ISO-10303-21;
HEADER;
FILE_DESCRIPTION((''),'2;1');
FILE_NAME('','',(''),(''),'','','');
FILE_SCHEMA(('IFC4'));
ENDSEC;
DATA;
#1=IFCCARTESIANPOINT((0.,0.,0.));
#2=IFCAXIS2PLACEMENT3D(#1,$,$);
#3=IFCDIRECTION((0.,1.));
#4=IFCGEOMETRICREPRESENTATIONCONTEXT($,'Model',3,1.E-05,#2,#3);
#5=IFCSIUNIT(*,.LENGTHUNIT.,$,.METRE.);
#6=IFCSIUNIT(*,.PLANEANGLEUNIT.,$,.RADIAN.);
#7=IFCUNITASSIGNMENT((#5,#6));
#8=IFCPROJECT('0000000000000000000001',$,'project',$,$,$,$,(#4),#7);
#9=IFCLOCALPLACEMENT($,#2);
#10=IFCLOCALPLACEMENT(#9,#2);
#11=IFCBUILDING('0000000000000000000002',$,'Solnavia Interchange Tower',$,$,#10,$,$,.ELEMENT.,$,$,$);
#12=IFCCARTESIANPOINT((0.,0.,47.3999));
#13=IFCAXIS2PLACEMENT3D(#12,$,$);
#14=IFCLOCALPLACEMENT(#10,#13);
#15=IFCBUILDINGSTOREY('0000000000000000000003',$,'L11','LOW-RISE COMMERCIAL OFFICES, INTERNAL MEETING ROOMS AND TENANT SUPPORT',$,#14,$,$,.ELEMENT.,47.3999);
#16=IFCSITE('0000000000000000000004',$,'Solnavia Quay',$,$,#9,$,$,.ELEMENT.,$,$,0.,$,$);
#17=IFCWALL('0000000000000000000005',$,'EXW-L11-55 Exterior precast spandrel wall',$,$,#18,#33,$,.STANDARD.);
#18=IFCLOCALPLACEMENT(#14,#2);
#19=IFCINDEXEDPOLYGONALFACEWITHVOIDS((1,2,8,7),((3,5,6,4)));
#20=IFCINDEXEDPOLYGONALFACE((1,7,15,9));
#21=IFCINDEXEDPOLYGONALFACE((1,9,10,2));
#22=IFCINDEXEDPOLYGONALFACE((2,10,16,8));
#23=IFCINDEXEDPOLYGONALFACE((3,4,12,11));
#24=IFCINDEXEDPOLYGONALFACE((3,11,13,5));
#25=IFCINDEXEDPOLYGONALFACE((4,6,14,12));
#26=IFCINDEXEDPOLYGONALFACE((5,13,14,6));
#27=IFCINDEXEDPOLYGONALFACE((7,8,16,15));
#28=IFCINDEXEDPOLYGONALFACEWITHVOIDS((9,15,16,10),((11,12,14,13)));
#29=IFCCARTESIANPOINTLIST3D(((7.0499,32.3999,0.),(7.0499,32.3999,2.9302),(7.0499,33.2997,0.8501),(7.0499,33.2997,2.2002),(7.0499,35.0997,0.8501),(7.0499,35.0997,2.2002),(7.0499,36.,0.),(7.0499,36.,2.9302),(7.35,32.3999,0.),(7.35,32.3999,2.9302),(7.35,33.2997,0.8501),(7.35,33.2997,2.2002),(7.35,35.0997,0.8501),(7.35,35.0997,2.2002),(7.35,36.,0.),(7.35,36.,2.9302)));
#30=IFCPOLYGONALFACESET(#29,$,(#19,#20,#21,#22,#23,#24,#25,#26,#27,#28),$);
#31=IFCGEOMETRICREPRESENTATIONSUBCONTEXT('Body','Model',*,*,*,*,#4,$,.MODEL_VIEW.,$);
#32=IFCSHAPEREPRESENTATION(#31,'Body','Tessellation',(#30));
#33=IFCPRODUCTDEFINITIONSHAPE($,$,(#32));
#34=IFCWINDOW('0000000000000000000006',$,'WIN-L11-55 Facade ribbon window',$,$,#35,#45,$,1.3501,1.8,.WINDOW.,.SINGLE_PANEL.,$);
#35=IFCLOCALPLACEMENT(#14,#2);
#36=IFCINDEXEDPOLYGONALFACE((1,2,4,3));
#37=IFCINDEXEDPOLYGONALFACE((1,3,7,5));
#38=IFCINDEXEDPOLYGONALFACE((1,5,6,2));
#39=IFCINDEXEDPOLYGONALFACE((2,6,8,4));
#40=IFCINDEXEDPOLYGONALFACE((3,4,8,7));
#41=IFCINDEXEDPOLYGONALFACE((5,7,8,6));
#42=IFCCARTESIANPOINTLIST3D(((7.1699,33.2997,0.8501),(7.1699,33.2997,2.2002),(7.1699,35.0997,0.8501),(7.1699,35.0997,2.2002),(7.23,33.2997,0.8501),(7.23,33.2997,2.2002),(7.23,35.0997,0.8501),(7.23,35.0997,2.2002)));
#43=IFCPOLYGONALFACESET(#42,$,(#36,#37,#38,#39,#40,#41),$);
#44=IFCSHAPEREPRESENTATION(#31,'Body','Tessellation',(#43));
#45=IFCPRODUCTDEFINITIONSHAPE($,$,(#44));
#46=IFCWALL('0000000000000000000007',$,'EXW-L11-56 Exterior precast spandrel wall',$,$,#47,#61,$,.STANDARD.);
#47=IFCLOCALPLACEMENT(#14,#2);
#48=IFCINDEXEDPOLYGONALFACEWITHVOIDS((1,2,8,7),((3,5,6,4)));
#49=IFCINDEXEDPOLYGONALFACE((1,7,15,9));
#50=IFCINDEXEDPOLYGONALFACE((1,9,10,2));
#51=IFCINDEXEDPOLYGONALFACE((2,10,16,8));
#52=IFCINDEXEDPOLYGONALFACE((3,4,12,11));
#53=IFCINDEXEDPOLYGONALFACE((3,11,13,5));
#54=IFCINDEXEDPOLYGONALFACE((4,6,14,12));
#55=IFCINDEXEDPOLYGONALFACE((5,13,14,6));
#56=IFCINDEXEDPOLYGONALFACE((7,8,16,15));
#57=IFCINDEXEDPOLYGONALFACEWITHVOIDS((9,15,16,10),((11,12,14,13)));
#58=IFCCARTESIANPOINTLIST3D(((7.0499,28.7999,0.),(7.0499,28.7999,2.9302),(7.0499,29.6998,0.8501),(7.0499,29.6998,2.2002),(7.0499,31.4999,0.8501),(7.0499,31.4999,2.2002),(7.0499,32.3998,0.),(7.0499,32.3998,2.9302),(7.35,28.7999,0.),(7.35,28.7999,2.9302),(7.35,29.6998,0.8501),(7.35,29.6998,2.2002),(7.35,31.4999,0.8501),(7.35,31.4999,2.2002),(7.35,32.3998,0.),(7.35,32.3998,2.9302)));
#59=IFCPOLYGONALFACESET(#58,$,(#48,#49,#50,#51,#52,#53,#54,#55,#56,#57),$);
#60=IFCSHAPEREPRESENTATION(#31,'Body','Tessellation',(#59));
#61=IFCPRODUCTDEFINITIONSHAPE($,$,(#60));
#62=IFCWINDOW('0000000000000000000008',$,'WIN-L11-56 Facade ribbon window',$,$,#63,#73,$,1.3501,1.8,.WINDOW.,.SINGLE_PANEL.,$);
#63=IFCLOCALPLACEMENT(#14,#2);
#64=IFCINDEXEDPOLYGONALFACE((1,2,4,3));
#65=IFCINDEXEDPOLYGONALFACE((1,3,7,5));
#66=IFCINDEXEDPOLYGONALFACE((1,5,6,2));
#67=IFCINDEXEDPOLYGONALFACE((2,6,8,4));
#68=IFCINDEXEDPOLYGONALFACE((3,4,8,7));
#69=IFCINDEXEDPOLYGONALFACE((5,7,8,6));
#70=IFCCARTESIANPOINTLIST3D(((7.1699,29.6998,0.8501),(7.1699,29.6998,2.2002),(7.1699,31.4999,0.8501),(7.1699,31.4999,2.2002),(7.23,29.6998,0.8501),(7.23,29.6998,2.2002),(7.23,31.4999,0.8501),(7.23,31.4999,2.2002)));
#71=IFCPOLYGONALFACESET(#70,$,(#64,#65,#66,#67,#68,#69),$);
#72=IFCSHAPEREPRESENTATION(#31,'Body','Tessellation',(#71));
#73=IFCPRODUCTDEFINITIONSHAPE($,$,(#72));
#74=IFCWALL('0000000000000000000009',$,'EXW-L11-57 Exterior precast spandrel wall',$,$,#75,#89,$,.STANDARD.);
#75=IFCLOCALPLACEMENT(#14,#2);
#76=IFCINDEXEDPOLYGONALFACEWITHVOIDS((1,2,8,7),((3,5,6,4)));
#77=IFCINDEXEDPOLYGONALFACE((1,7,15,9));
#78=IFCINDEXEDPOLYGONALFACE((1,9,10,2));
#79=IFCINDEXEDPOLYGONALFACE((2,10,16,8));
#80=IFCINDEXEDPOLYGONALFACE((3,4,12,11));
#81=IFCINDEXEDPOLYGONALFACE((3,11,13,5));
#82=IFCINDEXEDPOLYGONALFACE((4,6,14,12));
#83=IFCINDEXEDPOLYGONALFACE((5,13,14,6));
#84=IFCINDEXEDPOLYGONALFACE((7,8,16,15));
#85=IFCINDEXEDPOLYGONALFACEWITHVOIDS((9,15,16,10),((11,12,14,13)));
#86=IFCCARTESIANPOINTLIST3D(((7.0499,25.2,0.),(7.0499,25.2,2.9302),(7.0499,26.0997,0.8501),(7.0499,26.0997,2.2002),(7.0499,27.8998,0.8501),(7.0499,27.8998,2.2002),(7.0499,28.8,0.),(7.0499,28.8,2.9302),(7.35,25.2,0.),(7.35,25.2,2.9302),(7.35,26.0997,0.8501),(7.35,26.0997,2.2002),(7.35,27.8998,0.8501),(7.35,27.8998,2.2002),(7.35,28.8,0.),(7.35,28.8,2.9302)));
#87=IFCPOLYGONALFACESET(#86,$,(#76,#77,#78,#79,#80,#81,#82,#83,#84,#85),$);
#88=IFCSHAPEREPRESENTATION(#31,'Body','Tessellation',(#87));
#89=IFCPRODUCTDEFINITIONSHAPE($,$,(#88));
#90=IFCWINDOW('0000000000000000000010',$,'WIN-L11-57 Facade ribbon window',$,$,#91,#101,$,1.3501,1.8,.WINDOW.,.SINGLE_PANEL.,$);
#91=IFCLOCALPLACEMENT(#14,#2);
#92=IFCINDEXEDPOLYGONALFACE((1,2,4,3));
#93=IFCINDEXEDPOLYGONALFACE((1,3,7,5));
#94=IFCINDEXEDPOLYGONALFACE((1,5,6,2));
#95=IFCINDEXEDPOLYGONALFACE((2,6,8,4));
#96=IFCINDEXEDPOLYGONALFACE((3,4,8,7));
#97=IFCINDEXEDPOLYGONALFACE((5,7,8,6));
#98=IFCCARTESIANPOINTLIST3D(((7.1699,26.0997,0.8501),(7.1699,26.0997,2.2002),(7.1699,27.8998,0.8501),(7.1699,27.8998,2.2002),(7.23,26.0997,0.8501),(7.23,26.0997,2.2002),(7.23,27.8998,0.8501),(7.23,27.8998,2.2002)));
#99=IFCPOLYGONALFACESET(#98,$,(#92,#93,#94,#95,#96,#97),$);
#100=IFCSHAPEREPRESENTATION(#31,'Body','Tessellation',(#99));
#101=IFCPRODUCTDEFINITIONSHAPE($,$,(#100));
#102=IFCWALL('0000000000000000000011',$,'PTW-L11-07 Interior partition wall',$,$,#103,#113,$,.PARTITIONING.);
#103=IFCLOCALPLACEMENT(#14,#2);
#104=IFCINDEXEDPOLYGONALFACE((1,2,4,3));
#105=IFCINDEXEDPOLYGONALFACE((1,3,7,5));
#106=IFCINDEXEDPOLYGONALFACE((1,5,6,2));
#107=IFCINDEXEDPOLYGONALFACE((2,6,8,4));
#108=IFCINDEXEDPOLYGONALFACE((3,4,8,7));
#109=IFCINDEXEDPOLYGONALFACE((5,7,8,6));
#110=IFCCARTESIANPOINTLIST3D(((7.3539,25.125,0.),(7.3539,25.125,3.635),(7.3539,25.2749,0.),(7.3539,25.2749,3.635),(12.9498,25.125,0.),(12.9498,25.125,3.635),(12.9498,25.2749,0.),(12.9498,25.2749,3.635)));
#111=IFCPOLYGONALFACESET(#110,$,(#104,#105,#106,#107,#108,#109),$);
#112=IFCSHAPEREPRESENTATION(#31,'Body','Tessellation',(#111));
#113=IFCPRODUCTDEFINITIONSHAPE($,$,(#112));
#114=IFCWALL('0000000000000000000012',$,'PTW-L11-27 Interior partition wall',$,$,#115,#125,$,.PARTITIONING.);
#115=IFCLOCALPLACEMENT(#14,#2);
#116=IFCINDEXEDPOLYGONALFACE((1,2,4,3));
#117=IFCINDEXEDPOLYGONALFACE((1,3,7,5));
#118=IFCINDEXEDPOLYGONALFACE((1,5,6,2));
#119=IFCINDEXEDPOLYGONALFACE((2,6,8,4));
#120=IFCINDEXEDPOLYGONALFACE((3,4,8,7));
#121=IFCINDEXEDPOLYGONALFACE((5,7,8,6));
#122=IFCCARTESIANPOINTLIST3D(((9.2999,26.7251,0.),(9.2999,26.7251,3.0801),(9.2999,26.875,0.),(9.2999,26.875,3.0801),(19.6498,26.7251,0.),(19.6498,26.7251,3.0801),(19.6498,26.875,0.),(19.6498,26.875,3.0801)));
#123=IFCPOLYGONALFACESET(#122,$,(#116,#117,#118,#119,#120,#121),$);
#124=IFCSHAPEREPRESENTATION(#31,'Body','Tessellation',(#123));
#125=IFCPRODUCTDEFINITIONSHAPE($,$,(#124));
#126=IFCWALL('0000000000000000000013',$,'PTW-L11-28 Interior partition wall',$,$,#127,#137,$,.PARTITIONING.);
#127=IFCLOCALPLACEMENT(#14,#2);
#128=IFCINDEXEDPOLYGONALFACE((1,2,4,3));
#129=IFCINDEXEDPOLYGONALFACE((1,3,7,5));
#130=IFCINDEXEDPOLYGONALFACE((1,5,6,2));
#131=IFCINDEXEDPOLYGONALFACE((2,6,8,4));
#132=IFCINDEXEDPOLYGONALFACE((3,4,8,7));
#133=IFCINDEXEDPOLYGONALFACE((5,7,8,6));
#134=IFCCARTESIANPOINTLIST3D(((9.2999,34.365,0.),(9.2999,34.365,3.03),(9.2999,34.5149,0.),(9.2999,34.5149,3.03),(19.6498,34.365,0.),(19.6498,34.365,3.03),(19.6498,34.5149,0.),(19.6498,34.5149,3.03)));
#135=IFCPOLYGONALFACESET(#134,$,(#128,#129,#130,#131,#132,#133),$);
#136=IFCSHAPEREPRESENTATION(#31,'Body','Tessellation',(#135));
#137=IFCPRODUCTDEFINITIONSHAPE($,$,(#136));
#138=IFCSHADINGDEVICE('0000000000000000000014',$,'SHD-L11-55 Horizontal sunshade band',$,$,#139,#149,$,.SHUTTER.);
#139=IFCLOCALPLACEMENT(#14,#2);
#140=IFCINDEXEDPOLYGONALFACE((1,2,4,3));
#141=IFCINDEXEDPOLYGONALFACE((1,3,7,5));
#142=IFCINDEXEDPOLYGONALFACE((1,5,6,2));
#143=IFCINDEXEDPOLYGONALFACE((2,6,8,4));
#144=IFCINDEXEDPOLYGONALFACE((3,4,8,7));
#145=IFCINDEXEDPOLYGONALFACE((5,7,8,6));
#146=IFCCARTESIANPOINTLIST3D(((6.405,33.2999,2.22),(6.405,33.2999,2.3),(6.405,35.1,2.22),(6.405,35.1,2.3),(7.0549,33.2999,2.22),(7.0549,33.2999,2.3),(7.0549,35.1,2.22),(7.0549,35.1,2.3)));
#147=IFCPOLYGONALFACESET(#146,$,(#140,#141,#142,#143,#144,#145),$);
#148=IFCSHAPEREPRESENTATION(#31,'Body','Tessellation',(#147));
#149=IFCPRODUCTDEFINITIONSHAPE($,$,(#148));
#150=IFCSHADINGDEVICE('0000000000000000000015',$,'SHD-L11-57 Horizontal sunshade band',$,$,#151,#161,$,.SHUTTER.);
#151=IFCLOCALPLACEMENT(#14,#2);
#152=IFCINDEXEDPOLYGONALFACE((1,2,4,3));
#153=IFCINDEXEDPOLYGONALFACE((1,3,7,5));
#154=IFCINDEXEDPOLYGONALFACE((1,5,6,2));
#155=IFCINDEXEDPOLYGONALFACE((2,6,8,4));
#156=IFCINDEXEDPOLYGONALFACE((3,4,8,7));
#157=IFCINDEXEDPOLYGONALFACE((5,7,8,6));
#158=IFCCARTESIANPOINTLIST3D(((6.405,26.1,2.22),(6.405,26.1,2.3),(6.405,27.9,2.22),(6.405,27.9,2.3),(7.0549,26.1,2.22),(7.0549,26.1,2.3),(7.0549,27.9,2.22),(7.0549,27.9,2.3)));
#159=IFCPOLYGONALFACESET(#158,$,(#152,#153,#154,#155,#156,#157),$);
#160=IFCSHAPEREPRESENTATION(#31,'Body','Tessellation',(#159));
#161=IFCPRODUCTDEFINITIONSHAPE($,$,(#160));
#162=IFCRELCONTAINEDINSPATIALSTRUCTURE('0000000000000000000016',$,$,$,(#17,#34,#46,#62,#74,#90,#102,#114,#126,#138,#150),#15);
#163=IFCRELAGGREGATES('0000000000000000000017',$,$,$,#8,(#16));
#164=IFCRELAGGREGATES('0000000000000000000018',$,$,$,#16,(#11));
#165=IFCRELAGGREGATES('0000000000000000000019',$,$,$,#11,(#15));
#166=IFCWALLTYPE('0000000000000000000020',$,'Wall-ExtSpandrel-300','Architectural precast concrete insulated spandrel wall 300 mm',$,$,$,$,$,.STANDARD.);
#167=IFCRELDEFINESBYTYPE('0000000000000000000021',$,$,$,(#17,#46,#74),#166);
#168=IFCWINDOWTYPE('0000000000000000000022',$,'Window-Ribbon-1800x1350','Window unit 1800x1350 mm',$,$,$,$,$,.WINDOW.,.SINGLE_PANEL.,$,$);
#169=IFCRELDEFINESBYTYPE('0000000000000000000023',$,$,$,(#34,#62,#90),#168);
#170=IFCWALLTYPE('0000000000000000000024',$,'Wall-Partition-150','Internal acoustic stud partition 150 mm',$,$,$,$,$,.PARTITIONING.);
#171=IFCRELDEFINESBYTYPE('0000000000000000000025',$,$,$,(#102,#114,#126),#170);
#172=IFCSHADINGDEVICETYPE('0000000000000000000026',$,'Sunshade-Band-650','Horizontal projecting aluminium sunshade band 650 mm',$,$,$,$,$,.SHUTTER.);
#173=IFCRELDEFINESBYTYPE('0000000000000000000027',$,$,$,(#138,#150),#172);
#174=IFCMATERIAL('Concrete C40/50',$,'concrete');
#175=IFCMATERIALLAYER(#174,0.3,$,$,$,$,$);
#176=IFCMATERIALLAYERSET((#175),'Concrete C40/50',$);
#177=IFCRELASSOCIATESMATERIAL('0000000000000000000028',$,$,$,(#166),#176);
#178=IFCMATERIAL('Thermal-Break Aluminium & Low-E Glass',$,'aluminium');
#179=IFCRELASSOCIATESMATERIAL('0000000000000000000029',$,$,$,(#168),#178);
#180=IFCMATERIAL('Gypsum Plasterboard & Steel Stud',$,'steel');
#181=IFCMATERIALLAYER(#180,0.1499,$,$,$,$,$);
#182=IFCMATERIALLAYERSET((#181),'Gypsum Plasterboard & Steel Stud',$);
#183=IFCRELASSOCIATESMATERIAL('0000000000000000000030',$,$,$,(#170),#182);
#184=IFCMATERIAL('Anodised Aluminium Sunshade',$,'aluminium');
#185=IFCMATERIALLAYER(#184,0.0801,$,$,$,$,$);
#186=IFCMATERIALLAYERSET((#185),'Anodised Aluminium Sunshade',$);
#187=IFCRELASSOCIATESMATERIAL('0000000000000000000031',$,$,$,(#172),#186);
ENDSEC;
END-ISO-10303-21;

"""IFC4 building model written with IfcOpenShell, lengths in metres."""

from ifc_helpers import new_model, si_unit, direction, frame, frame_2d, origin, origin_2d, place, context, subcontext, project, spatial, rectangle, extrude, material, layer, layer_set, type_object, element, fill, save


model = new_model("IFC4")

# Units and contexts
model_context = context("Model", 3, precision=1e-05, world=origin(), true_north=direction((0.0, 1.0)))
body_context = subcontext(model_context, "Body", "Model", "MODEL_VIEW")
ifc_project = project(units=[si_unit("LENGTHUNIT", "METRE"), si_unit("PLANEANGLEUNIT", "RADIAN")], contexts=[model_context])

# Site, building, storey
site_placement = place(None, origin())
site = spatial("IfcSite", under=ifc_project, at=site_placement, Name="Solnavia Quay", CompositionType="ELEMENT", RefElevation=0.0)
building_placement = place(site_placement, origin())
building = spatial("IfcBuilding", under=site, at=building_placement, Name="Solnavia Interchange Tower", CompositionType="ELEMENT")
storey_placement = place(building_placement, frame((0.0, 0.0, 47.3999)))
storey = spatial("IfcBuildingStorey", under=building, at=storey_placement, Name="L11", Description="LOW-RISE COMMERCIAL OFFICES, INTERNAL MEETING ROOMS AND TENANT SUPPORT", CompositionType="ELEMENT", Elevation=47.3999)

# Shared definitions
ifc_material_1 = material(Name="Concrete C40/50", Category="concrete")
ifc_layer_1 = layer(ifc_material_1, 0.3)
ifc_layer_set_1 = layer_set([ifc_layer_1], Name="Concrete C40/50")
wall_type_1 = type_object("IfcWallType", Name="Wall-ExtSpandrel-300", Description="Architectural precast concrete insulated spandrel wall 300 mm", PredefinedType="STANDARD", material=ifc_layer_set_1)

# Walls, openings, windows
wall_1_placement = place(storey_placement, frame((7.2, 32.3999, 0.0), z_axis=(0.0, 0.0, 1.0), x_axis=(0.0, 1.0, 0.0)))
wall_1 = element("IfcWall", 1, at=wall_1_placement, inside=storey, type_object=wall_type_1, Name="EXW-L11-55 Exterior precast spandrel wall", PredefinedType="STANDARD", context=body_context, shape_type="SweptSolid", body=[
    extrude(rectangle(XDim=3.6001, YDim=0.3, at=frame_2d((1.8, 0.0))), origin(), (0.0, 0.0, 1.0), 2.9302),
])
opening_1_placement = place(wall_1_placement, frame((0.8999, 0.0, 0.8501)))
opening_1 = element("IfcOpeningElement", 2, at=opening_1_placement, cuts=wall_1, PredefinedType="OPENING", context=body_context, shape_type="SweptSolid", body=[
    extrude(rectangle(XDim=1.8, YDim=1.3501, at=frame_2d((0.8999, 0.675))), frame((0.0, 0.1602, 0.0), z_axis=(0.0, -1.0, 0.0), x_axis=(1.0, 0.0, 0.0)), (0.0, 0.0, 1.0), 0.3201),
])
ifc_material_2 = material(Name="Thermal-Break Aluminium & Low-E Glass", Category="aluminium")
window_type = type_object("IfcWindowType", Name="Window-Ribbon-1800x1350", Description="Window unit 1800x1350 mm", PartitioningType="SINGLE_PANEL", PredefinedType="WINDOW", material=ifc_material_2)
window_1_placement = place(opening_1_placement, origin())
window_1 = element("IfcWindow", 3, at=window_1_placement, inside=storey, type_object=window_type, Name="WIN-L11-55 Facade ribbon window", OverallHeight=1.3501, OverallWidth=1.8, PartitioningType="SINGLE_PANEL", PredefinedType="WINDOW", context=body_context, shape_type="SweptSolid", body=[
    extrude(rectangle(XDim=1.8, YDim=1.3501, at=frame_2d((0.8999, 0.675))), frame((0.0, 0.03, 0.0), z_axis=(0.0, -1.0, 0.0), x_axis=(1.0, 0.0, 0.0)), (0.0, 0.0, 1.0), 0.0601),
])
fill(opening_1, window_1)
wall_2_placement = place(storey_placement, frame((7.2, 28.8, 0.0), z_axis=(0.0, 0.0, 1.0), x_axis=(0.0, 1.0, 0.0)))
wall_2 = element("IfcWall", 4, at=wall_2_placement, inside=storey, type_object=wall_type_1, Name="EXW-L11-56 Exterior precast spandrel wall", PredefinedType="STANDARD", context=body_context, shape_type="SweptSolid", body=[
    extrude(rectangle(XDim=3.5999, YDim=0.3, at=frame_2d((1.7998, 0.0))), origin(), (0.0, 0.0, 1.0), 2.9302),
])
opening_2_placement = place(wall_2_placement, frame((0.8999, 0.0, 0.8501)))
opening_2 = element("IfcOpeningElement", 5, at=opening_2_placement, cuts=wall_2, PredefinedType="OPENING", context=body_context, shape_type="SweptSolid", body=[
    extrude(rectangle(XDim=1.8, YDim=1.3501, at=frame_2d((0.8999, 0.675))), frame((0.0, 0.1602, 0.0), z_axis=(0.0, -1.0, 0.0), x_axis=(1.0, 0.0, 0.0)), (0.0, 0.0, 1.0), 0.3201),
])
window_2_placement = place(opening_2_placement, origin())
window_2 = element("IfcWindow", 6, at=window_2_placement, inside=storey, type_object=window_type, Name="WIN-L11-56 Facade ribbon window", OverallHeight=1.3501, OverallWidth=1.8, PartitioningType="SINGLE_PANEL", PredefinedType="WINDOW", context=body_context, shape_type="SweptSolid", body=[
    extrude(rectangle(XDim=1.8, YDim=1.3501, at=frame_2d((0.8999, 0.675))), frame((0.0, 0.03, 0.0), z_axis=(0.0, -1.0, 0.0), x_axis=(1.0, 0.0, 0.0)), (0.0, 0.0, 1.0), 0.0601),
])
fill(opening_2, window_2)
wall_3_placement = place(storey_placement, frame((7.2, 25.2, 0.0), z_axis=(0.0, 0.0, 1.0), x_axis=(0.0, 1.0, 0.0)))
wall_3 = element("IfcWall", 7, at=wall_3_placement, inside=storey, type_object=wall_type_1, Name="EXW-L11-57 Exterior precast spandrel wall", PredefinedType="STANDARD", context=body_context, shape_type="SweptSolid", body=[
    extrude(rectangle(XDim=3.6001, YDim=0.3, at=frame_2d((1.8, 0.0))), origin(), (0.0, 0.0, 1.0), 2.9302),
])
opening_3_placement = place(wall_3_placement, frame((0.8999, 0.0, 0.8501)))
opening_3 = element("IfcOpeningElement", 8, at=opening_3_placement, cuts=wall_3, PredefinedType="OPENING", context=body_context, shape_type="SweptSolid", body=[
    extrude(rectangle(XDim=1.8, YDim=1.3501, at=frame_2d((0.8999, 0.675))), frame((0.0, 0.1602, 0.0), z_axis=(0.0, -1.0, 0.0), x_axis=(1.0, 0.0, 0.0)), (0.0, 0.0, 1.0), 0.3201),
])
window_3_placement = place(opening_3_placement, origin())
window_3 = element("IfcWindow", 9, at=window_3_placement, inside=storey, type_object=window_type, Name="WIN-L11-57 Facade ribbon window", OverallHeight=1.3501, OverallWidth=1.8, PartitioningType="SINGLE_PANEL", PredefinedType="WINDOW", context=body_context, shape_type="SweptSolid", body=[
    extrude(rectangle(XDim=1.8, YDim=1.3501, at=frame_2d((0.8999, 0.675))), frame((0.0, 0.03, 0.0), z_axis=(0.0, -1.0, 0.0), x_axis=(1.0, 0.0, 0.0)), (0.0, 0.0, 1.0), 0.0601),
])
fill(opening_3, window_3)

# Walls
ifc_material_3 = material(Name="Gypsum Plasterboard & Steel Stud", Category="steel")
ifc_layer_2 = layer(ifc_material_3, 0.1499)
ifc_layer_set_2 = layer_set([ifc_layer_2], Name="Gypsum Plasterboard & Steel Stud")
wall_type_2 = type_object("IfcWallType", Name="Wall-Partition-150", Description="Internal acoustic stud partition 150 mm", PredefinedType="PARTITIONING", material=ifc_layer_set_2)
wall_4_placement = place(storey_placement, frame((7.354, 25.2, 0.0), z_axis=(0.0, 0.0, 1.0), x_axis=(1.0, 0.0, 0.0)))
element("IfcWall", 10, at=wall_4_placement, inside=storey, type_object=wall_type_2, Name="PTW-L11-07 Interior partition wall", PredefinedType="PARTITIONING", context=body_context, shape_type="SweptSolid", body=[
    extrude(rectangle(XDim=5.5959, YDim=0.1499, at=frame_2d((2.7979, 0.0))), origin(), (0.0, 0.0, 1.0), 3.635),
])
wall_5_placement = place(storey_placement, frame((9.3, 26.8, 0.0), z_axis=(0.0, 0.0, 1.0), x_axis=(1.0, 0.0, 0.0)))
element("IfcWall", 11, at=wall_5_placement, inside=storey, type_object=wall_type_2, Name="PTW-L11-27 Interior partition wall", PredefinedType="PARTITIONING", context=body_context, shape_type="SweptSolid", body=[
    extrude(rectangle(XDim=10.3499, YDim=0.1499, at=frame_2d((5.1748, 0.0))), origin(), (0.0, 0.0, 1.0), 3.0801),
])
wall_6_placement = place(storey_placement, frame((9.3, 34.4399, 0.0), z_axis=(0.0, 0.0, 1.0), x_axis=(1.0, 0.0, 0.0)))
element("IfcWall", 12, at=wall_6_placement, inside=storey, type_object=wall_type_2, Name="PTW-L11-28 Interior partition wall", PredefinedType="PARTITIONING", context=body_context, shape_type="SweptSolid", body=[
    extrude(rectangle(XDim=10.3499, YDim=0.1499, at=frame_2d((5.1748, 0.0))), origin(), (0.0, 0.0, 1.0), 3.03),
])

# Shading devices
ifc_material_4 = material(Name="Anodised Aluminium Sunshade", Category="aluminium")
ifc_layer_3 = layer(ifc_material_4, 0.0801)
ifc_layer_set_3 = layer_set([ifc_layer_3], Name="Anodised Aluminium Sunshade")
shading_device_type = type_object("IfcShadingDeviceType", Name="Sunshade-Band-650", Description="Horizontal projecting aluminium sunshade band 650 mm", PredefinedType="SHUTTER", material=ifc_layer_set_3)
for number, where, z_axis, x_axis, name in (
    (13, (6.73, 34.2, 2.22), (0.0, 0.0, 1.0), (0.0, 1.0, 0.0), "SHD-L11-55 Horizontal sunshade band"),
    (14, (6.73, 27.0, 2.22), (0.0, 0.0, 1.0), (0.0, 1.0, 0.0), "SHD-L11-57 Horizontal sunshade band"),
):
    element("IfcShadingDevice", number, at=place(storey_placement, frame(where, z_axis=z_axis, x_axis=x_axis)), inside=storey, type_object=shading_device_type, Name=name, PredefinedType="SHUTTER", context=body_context, shape_type="SweptSolid", body=[
        extrude(rectangle(XDim=1.8, YDim=0.6499, at=origin_2d()), origin(), (0.0, 0.0, 1.0), 0.0801),
    ])

save(model, "model.ifc")
